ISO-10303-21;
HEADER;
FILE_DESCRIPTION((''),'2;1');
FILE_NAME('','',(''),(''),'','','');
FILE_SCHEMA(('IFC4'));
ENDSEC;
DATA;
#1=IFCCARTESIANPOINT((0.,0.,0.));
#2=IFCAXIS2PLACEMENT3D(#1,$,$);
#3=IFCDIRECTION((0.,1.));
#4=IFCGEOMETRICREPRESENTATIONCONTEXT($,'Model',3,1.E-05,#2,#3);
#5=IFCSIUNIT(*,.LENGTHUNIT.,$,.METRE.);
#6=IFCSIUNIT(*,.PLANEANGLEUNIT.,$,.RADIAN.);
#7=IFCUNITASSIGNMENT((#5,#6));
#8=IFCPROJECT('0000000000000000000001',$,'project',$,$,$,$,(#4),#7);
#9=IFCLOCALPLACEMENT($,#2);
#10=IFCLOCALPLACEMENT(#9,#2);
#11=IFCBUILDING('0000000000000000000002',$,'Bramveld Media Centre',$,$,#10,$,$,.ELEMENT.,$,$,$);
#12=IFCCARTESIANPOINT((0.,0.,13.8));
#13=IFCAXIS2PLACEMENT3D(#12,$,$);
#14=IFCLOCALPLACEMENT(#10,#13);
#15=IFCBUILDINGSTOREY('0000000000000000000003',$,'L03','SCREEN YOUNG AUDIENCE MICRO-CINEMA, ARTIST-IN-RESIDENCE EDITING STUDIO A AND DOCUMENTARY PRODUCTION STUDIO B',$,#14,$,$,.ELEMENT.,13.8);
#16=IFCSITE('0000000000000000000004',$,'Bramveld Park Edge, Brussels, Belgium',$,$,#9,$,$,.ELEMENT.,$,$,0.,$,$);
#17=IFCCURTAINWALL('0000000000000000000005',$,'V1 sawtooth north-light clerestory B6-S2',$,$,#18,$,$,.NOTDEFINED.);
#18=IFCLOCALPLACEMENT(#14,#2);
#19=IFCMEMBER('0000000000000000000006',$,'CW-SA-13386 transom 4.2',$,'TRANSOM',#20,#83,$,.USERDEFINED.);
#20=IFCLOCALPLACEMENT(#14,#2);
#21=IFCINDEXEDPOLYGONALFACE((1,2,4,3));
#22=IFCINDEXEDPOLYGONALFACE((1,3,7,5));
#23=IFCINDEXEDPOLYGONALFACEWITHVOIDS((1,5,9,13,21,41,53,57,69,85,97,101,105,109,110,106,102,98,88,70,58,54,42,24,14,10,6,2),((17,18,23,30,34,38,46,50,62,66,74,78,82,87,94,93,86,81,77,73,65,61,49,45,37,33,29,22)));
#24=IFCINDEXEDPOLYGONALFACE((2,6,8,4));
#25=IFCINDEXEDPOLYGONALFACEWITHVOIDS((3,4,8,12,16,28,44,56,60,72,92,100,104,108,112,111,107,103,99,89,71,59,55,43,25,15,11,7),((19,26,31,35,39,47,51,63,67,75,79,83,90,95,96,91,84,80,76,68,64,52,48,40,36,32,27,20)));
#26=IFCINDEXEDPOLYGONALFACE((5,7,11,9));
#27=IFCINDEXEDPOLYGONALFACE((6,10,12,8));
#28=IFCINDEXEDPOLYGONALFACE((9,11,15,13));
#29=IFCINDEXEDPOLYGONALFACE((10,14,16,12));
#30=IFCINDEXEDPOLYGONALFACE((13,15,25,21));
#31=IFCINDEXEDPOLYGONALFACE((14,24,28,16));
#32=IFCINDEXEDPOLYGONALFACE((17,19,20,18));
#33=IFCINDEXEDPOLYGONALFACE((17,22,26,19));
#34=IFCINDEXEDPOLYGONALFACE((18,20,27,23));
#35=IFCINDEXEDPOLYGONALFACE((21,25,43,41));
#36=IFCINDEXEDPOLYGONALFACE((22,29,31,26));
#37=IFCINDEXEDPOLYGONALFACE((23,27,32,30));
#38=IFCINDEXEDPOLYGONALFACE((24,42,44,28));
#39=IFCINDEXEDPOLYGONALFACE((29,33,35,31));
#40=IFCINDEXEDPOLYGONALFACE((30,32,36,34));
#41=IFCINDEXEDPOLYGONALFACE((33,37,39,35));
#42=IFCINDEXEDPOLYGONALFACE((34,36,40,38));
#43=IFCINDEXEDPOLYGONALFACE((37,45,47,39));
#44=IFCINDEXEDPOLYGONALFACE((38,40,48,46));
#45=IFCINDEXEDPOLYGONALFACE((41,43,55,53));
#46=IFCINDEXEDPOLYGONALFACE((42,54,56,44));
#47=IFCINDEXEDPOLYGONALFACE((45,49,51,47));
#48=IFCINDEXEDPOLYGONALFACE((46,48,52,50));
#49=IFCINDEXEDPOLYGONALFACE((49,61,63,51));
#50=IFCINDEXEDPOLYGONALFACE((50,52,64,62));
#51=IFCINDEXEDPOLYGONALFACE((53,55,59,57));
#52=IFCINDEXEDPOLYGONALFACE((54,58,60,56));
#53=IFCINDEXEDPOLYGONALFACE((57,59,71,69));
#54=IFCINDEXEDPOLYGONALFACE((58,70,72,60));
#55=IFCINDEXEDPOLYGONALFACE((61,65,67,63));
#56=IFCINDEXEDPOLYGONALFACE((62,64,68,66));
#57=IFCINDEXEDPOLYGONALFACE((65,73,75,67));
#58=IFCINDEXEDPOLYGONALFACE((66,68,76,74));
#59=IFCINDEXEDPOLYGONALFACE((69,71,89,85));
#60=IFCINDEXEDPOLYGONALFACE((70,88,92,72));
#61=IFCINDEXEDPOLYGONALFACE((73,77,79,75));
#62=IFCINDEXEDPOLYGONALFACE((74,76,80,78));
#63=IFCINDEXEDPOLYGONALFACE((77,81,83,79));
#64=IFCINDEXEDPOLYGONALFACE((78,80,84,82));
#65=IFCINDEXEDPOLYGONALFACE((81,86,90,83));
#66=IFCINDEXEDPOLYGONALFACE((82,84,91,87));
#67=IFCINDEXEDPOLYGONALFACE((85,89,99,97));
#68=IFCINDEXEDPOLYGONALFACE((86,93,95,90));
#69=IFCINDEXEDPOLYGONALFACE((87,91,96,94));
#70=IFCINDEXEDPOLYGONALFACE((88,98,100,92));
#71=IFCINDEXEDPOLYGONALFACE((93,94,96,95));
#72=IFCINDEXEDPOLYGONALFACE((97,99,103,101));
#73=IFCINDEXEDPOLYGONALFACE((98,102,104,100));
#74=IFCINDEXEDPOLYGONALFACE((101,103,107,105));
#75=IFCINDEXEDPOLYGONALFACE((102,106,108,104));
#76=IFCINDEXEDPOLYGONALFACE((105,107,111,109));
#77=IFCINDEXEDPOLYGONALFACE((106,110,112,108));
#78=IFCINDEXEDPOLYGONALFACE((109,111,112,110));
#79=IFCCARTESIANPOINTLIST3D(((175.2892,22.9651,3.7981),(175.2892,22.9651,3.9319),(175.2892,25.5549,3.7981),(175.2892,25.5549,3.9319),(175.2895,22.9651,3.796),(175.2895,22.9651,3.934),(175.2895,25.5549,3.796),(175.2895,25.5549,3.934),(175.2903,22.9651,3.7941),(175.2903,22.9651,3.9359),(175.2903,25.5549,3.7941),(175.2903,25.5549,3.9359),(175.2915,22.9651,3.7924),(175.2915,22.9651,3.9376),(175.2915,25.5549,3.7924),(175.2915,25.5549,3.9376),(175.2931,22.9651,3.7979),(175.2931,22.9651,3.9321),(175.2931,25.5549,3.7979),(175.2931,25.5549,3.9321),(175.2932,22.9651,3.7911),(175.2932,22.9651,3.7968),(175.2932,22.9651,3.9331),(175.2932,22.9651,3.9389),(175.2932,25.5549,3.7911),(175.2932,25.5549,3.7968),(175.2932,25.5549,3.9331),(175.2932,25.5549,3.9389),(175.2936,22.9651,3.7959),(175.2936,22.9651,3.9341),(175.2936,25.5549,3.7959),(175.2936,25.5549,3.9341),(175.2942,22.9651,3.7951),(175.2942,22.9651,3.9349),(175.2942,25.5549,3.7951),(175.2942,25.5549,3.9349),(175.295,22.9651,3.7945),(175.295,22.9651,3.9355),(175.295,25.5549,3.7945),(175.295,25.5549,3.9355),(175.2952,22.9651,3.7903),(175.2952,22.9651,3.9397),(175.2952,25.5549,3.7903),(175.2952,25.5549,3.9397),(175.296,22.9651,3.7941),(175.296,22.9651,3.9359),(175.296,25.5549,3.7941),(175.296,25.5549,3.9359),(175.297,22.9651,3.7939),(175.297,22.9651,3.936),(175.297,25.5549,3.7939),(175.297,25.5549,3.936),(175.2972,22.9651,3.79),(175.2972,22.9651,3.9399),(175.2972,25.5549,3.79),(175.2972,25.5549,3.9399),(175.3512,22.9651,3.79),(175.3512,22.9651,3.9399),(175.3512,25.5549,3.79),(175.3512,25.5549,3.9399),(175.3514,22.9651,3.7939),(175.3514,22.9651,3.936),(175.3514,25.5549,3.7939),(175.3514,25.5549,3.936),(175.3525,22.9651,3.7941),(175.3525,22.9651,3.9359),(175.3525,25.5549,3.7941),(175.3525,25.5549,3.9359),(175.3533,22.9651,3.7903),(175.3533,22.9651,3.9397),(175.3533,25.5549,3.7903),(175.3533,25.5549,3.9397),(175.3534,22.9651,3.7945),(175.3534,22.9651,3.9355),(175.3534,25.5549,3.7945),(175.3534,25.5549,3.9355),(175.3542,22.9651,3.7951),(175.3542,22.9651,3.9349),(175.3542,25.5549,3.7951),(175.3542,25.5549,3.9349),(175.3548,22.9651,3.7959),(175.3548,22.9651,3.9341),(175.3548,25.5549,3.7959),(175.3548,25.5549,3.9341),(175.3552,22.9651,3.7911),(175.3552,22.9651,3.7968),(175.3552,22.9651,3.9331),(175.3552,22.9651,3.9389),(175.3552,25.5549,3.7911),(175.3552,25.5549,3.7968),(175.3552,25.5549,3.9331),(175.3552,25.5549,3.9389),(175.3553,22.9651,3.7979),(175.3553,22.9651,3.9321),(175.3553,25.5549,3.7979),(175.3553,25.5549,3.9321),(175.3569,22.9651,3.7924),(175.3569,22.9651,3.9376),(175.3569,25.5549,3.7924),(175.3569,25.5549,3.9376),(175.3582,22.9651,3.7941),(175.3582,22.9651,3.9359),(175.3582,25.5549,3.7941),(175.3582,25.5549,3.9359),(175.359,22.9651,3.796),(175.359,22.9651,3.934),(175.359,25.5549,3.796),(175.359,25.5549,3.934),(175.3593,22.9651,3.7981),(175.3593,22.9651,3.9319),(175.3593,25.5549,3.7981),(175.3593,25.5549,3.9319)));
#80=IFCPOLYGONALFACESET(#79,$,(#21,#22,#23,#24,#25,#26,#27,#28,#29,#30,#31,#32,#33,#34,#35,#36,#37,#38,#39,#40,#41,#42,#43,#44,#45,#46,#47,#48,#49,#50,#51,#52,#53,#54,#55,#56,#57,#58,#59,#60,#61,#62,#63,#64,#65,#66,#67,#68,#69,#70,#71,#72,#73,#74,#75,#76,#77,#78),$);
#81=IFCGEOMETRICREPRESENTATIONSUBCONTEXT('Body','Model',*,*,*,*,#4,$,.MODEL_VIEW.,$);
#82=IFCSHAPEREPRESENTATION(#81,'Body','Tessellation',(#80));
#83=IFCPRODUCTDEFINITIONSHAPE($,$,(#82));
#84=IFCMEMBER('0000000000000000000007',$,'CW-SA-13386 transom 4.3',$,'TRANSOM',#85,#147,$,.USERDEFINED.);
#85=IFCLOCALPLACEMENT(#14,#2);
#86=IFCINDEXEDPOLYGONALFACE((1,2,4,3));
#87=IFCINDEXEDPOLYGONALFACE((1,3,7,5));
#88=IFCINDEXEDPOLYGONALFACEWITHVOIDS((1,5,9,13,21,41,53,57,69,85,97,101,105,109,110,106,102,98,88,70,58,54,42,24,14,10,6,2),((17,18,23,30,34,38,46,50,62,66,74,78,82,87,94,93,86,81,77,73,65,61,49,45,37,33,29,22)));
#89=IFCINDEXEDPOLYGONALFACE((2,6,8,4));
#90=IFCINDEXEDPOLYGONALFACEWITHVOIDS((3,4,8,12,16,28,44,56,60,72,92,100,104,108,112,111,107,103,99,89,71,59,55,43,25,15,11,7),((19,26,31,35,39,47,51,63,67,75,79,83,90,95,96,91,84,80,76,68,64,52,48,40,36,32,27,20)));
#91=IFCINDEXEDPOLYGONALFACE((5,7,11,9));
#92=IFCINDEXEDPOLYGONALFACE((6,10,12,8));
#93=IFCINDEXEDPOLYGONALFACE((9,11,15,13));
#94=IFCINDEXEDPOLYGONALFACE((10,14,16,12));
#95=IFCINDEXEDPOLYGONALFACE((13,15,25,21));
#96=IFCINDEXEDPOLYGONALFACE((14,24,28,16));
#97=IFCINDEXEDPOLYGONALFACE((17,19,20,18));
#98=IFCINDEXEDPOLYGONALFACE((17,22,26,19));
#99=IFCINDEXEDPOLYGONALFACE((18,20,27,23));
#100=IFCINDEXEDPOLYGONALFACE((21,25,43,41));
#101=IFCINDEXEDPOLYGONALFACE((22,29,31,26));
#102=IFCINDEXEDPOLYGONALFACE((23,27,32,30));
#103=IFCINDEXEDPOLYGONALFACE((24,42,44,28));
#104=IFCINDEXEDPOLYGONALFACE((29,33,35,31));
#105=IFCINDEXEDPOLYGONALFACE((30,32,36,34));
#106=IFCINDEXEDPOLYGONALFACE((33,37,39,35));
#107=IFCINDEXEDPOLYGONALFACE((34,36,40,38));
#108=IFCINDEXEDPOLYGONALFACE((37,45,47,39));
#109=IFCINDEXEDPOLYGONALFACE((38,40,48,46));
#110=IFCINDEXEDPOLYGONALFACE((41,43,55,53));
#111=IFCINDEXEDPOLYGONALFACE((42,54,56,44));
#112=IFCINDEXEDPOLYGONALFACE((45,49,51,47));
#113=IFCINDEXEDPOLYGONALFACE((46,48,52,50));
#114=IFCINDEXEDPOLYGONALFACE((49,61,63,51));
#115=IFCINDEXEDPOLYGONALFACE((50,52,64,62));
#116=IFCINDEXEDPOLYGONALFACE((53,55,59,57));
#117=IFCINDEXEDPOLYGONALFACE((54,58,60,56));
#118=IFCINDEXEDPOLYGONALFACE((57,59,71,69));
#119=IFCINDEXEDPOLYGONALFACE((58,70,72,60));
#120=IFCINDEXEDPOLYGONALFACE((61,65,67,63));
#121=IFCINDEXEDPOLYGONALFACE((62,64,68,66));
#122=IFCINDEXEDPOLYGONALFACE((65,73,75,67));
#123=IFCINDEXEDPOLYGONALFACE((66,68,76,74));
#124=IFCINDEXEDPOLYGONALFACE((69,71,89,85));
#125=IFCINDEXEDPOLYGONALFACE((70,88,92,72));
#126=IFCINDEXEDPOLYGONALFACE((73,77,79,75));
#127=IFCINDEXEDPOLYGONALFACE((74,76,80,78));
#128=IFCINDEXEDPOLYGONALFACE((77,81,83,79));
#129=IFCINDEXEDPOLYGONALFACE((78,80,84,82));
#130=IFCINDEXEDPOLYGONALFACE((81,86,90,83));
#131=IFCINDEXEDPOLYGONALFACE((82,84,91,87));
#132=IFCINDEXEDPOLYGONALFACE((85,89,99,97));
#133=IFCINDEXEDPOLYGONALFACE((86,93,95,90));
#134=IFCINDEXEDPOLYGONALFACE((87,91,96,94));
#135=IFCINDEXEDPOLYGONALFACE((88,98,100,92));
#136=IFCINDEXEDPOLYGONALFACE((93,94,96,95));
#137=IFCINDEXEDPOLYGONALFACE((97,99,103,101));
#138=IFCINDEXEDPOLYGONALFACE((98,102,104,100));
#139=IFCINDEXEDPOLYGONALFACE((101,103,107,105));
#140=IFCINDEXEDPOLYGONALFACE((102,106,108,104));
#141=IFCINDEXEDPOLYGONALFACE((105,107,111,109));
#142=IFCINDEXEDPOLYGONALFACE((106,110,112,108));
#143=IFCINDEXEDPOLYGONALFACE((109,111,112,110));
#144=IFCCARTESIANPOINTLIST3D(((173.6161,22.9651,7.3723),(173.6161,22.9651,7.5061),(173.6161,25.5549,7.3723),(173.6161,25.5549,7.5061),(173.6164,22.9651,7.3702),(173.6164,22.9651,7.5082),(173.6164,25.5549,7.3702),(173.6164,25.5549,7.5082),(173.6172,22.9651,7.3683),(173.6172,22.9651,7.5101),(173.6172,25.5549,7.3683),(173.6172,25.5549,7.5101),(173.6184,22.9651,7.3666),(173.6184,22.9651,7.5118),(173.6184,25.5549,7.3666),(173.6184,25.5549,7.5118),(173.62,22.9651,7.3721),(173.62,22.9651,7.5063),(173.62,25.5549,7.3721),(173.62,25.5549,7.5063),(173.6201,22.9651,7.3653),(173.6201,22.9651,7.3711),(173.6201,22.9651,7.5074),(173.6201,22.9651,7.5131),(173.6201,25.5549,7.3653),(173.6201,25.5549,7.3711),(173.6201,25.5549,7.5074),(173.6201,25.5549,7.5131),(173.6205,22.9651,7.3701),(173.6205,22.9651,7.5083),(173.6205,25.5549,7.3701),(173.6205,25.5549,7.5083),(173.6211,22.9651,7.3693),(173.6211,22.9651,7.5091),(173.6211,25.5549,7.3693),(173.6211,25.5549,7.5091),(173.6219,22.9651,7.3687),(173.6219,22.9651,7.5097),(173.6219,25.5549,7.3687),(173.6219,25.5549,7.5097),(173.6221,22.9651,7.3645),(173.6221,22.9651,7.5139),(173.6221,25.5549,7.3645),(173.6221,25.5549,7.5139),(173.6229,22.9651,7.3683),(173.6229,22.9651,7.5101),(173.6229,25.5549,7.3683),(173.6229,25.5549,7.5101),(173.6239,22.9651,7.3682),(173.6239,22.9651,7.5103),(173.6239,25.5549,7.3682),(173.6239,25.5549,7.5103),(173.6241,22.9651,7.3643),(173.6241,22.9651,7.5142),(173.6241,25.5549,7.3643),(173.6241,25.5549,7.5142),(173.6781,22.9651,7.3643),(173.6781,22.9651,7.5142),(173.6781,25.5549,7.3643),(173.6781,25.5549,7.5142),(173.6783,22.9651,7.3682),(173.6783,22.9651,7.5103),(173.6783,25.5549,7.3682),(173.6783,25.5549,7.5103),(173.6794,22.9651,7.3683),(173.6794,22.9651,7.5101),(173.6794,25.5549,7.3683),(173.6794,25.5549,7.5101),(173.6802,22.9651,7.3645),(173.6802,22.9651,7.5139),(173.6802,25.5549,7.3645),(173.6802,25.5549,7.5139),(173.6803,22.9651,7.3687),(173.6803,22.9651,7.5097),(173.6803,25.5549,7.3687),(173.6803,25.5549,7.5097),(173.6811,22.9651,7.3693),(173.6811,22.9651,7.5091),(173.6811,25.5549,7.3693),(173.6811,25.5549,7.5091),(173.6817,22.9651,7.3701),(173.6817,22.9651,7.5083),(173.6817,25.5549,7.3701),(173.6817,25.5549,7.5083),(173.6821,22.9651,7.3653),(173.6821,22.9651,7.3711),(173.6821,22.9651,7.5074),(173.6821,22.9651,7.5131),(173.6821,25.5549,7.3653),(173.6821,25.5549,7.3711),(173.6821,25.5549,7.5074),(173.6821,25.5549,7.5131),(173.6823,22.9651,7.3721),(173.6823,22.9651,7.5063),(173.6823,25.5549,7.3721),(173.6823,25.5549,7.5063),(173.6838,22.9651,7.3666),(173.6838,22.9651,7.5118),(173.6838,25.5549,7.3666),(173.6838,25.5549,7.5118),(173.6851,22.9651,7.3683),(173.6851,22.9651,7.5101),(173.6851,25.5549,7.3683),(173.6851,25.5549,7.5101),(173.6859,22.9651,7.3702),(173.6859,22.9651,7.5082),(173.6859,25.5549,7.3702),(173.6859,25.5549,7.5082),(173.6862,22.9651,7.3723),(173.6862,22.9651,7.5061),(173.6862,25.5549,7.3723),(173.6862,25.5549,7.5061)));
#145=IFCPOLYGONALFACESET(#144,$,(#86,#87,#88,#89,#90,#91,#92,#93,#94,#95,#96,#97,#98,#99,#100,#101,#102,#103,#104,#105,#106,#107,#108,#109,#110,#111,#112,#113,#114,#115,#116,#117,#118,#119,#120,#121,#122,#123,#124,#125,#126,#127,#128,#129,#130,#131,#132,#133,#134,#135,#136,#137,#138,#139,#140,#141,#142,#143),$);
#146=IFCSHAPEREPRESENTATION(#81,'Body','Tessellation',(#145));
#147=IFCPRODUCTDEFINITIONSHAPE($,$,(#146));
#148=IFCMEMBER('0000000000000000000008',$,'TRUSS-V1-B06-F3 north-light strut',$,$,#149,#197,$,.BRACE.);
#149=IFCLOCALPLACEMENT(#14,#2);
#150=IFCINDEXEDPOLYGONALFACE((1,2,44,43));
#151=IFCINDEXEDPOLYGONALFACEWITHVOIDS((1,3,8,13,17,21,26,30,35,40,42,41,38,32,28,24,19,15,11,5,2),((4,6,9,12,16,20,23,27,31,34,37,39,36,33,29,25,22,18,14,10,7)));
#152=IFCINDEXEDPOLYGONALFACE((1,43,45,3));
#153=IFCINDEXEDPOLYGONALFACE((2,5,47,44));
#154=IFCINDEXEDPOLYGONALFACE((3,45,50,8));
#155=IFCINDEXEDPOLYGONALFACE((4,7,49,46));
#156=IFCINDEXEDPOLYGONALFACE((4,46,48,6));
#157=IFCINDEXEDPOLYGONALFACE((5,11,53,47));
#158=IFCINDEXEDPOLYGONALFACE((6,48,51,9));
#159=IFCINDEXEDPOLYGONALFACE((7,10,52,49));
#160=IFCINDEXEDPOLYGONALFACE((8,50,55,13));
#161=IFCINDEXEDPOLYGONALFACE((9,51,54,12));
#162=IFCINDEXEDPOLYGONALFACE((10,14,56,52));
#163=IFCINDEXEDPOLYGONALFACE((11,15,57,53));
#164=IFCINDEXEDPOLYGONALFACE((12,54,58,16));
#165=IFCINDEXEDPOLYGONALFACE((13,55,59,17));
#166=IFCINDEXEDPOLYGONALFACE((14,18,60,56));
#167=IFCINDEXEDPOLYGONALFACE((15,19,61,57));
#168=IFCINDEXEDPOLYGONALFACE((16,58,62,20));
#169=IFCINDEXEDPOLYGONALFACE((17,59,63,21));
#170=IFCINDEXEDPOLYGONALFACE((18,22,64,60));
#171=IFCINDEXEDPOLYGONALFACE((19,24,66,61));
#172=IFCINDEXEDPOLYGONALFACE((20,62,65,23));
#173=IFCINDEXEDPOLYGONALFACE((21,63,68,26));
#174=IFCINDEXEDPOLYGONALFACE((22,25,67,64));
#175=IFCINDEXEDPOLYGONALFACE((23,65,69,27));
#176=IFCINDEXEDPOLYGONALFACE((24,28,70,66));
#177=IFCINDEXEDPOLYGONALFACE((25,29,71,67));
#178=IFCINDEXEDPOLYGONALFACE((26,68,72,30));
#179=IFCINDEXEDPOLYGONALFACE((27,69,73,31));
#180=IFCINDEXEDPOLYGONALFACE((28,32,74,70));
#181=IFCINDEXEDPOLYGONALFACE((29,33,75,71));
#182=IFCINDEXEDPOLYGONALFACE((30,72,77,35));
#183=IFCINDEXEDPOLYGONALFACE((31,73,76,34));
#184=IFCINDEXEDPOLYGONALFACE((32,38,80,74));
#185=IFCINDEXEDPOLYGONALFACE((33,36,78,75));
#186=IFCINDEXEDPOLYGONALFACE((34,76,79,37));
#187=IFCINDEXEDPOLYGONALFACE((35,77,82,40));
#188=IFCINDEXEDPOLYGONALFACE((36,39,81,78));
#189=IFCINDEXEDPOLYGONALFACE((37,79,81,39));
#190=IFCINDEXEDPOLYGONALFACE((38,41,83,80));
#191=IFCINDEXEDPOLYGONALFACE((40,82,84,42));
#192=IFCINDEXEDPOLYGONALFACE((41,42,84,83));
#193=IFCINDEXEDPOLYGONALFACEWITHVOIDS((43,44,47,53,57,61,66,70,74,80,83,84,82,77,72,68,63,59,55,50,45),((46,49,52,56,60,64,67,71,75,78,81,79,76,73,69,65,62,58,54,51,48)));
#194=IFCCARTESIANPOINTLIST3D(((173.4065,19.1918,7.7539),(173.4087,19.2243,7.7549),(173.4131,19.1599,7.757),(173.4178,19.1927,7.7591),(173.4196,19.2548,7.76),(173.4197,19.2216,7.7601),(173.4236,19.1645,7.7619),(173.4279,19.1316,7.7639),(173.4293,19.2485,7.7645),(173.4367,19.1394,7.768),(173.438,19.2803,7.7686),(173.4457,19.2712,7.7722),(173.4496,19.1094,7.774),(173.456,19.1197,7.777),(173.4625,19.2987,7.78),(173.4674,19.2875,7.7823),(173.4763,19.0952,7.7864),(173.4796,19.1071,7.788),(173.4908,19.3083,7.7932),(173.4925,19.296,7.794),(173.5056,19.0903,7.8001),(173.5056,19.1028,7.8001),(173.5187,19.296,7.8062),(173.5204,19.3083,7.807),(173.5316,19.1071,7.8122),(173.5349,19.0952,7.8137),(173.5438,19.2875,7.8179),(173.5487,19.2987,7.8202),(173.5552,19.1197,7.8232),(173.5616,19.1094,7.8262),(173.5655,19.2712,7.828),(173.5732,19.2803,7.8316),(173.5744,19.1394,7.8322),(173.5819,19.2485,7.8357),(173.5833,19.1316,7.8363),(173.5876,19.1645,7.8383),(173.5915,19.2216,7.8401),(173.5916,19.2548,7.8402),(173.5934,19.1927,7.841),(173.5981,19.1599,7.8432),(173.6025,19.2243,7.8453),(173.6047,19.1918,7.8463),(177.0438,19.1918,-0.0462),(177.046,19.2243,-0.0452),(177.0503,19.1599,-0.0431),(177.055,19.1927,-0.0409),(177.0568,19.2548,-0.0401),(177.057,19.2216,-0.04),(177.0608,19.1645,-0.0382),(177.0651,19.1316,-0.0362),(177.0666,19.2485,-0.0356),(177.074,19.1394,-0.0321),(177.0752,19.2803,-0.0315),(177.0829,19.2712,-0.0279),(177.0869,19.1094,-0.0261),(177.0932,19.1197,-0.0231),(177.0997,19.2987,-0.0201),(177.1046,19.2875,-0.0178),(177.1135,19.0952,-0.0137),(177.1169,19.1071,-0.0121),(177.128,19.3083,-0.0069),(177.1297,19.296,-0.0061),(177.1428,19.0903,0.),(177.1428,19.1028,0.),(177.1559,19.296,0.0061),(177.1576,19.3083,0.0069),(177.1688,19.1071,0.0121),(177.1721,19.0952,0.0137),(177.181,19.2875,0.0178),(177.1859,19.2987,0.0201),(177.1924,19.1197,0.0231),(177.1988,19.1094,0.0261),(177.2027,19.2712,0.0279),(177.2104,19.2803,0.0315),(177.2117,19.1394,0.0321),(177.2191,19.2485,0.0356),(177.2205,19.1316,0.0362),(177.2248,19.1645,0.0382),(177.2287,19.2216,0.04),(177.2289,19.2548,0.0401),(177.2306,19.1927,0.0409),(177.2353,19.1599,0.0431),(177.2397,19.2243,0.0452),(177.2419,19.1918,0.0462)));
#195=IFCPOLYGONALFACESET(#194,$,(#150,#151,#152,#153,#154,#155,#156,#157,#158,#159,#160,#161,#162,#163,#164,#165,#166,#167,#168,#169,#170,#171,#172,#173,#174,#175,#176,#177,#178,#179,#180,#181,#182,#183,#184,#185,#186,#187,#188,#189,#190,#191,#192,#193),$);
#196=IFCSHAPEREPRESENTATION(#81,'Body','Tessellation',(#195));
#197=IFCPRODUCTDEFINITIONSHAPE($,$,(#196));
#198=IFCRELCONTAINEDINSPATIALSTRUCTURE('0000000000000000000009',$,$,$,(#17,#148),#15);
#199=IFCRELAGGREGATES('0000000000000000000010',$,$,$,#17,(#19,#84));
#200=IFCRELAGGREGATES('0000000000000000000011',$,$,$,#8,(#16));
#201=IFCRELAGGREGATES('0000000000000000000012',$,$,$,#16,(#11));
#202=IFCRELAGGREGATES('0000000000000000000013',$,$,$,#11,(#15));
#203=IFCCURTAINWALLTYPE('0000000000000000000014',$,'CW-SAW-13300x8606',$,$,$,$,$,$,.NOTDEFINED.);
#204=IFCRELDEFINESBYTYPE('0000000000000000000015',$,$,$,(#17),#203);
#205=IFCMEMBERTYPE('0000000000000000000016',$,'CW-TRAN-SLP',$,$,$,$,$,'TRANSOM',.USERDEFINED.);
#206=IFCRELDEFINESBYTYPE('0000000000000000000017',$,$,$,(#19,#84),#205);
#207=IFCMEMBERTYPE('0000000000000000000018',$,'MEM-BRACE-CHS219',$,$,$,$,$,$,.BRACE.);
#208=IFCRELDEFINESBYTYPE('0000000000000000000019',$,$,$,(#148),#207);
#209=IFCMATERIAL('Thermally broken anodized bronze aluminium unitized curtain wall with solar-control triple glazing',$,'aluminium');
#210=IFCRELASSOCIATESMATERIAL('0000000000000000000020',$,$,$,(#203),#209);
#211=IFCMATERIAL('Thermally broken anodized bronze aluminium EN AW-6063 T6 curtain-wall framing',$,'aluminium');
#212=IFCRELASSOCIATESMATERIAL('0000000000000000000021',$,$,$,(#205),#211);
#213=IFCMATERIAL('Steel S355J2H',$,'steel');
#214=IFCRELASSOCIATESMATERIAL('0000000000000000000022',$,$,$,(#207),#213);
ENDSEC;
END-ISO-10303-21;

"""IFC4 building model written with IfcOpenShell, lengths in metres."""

from ifc_helpers import new_model, si_unit, direction, frame, origin, origin_2d, place, context, subcontext, project, spatial, hollow_rectangle, hollow_circle, extrude, material, material_profile, profile_set, type_object, element, aggregate, save


model = new_model("IFC4")

# Units and contexts
model_context = context("Model", 3, precision=1e-05, world=origin(), true_north=direction((0.0, 1.0)))
body_context = subcontext(model_context, "Body", "Model", "MODEL_VIEW")
ifc_project = project(units=[si_unit("LENGTHUNIT", "METRE"), si_unit("PLANEANGLEUNIT", "RADIAN")], contexts=[model_context])

# Site, building, storey
site_placement = place(None, origin())
site = spatial("IfcSite", under=ifc_project, at=site_placement, Name="Bramveld Park Edge, Brussels, Belgium", CompositionType="ELEMENT", RefElevation=0.0)
building_placement = place(site_placement, origin())
building = spatial("IfcBuilding", under=site, at=building_placement, Name="Bramveld Media Centre", CompositionType="ELEMENT")
storey_placement = place(building_placement, frame((0.0, 0.0, 13.8)))
storey = spatial("IfcBuildingStorey", under=building, at=storey_placement, Name="L03", Description="SCREEN YOUNG AUDIENCE MICRO-CINEMA, ARTIST-IN-RESIDENCE EDITING STUDIO A AND DOCUMENTARY PRODUCTION STUDIO B", CompositionType="ELEMENT", Elevation=13.8)

# Curtain wall, members
ifc_material_1 = material(Name="Thermally broken anodized bronze aluminium unitized curtain wall with solar-control triple glazing", Category="aluminium")
curtain_wall_type = type_object("IfcCurtainWallType", Name="CW-SAW-13300x8606", PredefinedType="NOTDEFINED", material=ifc_material_1)
curtain_wall_placement = place(storey_placement, origin())
curtain_wall = element("IfcCurtainWall", 1, at=curtain_wall_placement, inside=storey, type_object=curtain_wall_type, Name="V1 sawtooth north-light clerestory B6-S2", PredefinedType="NOTDEFINED")
ifc_material_2 = material(Name="Thermally broken anodized bronze aluminium EN AW-6063 T6 curtain-wall framing", Category="aluminium")
ifc_material_profile_1 = material_profile(ifc_material_2, hollow_rectangle(XDim=0.0701, YDim=0.1499, WallThickness=0.0039, InnerFilletRadius=0.0039, OuterFilletRadius=0.0081, at=origin_2d()), Name="AL-TRAN 70x150")
ifc_profile_set_1 = profile_set([ifc_material_profile_1], Name="Thermally broken anodized bronze aluminium EN AW-6063 T6 curtain-wall framing")
member_type_1 = type_object("IfcMemberType", Name="CW-TRAN-SLP", ElementType="TRANSOM", PredefinedType="USERDEFINED", material=ifc_profile_set_1)
member_1_placement = place(storey_placement, frame((175.3242, 22.9651, 3.865), z_axis=(0.0, 1.0, 0.0), x_axis=(-1.0, 0.0, 0.0)))
member_1 = element("IfcMember", 2, at=member_1_placement, type_object=member_type_1, Name="CW-SA-13386 transom 4.2", ObjectType="TRANSOM", PredefinedType="USERDEFINED", context=body_context, shape_type="SweptSolid", body=[
    extrude(hollow_rectangle(XDim=0.0701, YDim=0.1499, WallThickness=0.0039, InnerFilletRadius=0.0039, OuterFilletRadius=0.0081, at=origin_2d()), origin(), (0.0, 0.0, 1.0), 2.5898),
])
member_2_placement = place(storey_placement, frame((173.6511, 22.9651, 7.4392), z_axis=(0.0, 1.0, 0.0), x_axis=(-1.0, 0.0, 0.0)))
member_2 = element("IfcMember", 3, at=member_2_placement, type_object=member_type_1, Name="CW-SA-13386 transom 4.3", ObjectType="TRANSOM", PredefinedType="USERDEFINED", context=body_context, shape_type="SweptSolid", body=[
    extrude(hollow_rectangle(XDim=0.0701, YDim=0.1499, WallThickness=0.0039, InnerFilletRadius=0.0039, OuterFilletRadius=0.0081, at=origin_2d()), origin(), (0.0, 0.0, 1.0), 2.5898),
])

# Member
ifc_material_3 = material(Name="Steel S355J2H", Category="steel")
ifc_material_profile_2 = material_profile(ifc_material_3, hollow_circle(Radius=0.1096, WallThickness=0.0125, at=origin_2d()), Name="CHS 219.1x12.5")
ifc_profile_set_2 = profile_set([ifc_material_profile_2], Name="Steel S355J2H")
member_type_2 = type_object("IfcMemberType", Name="MEM-BRACE-CHS219", PredefinedType="BRACE", material=ifc_profile_set_2)
member_3_placement = place(storey_placement, frame((177.1428, 19.2, 0.0), z_axis=(-0.422617, 0.0, 0.906308), x_axis=(0.0, -1.0, 0.0)))
element("IfcMember", 4, at=member_3_placement, inside=storey, type_object=member_type_2, Name="TRUSS-V1-B06-F3 north-light strut", PredefinedType="BRACE", context=body_context, shape_type="SweptSolid", body=[
    extrude(hollow_circle(Radius=0.1096, WallThickness=0.0125, at=origin_2d()), origin(), (0.0, 0.0, 1.0), 8.6064),
])

aggregate(curtain_wall, [member_1, member_2])

save(model, "model.ifc")
